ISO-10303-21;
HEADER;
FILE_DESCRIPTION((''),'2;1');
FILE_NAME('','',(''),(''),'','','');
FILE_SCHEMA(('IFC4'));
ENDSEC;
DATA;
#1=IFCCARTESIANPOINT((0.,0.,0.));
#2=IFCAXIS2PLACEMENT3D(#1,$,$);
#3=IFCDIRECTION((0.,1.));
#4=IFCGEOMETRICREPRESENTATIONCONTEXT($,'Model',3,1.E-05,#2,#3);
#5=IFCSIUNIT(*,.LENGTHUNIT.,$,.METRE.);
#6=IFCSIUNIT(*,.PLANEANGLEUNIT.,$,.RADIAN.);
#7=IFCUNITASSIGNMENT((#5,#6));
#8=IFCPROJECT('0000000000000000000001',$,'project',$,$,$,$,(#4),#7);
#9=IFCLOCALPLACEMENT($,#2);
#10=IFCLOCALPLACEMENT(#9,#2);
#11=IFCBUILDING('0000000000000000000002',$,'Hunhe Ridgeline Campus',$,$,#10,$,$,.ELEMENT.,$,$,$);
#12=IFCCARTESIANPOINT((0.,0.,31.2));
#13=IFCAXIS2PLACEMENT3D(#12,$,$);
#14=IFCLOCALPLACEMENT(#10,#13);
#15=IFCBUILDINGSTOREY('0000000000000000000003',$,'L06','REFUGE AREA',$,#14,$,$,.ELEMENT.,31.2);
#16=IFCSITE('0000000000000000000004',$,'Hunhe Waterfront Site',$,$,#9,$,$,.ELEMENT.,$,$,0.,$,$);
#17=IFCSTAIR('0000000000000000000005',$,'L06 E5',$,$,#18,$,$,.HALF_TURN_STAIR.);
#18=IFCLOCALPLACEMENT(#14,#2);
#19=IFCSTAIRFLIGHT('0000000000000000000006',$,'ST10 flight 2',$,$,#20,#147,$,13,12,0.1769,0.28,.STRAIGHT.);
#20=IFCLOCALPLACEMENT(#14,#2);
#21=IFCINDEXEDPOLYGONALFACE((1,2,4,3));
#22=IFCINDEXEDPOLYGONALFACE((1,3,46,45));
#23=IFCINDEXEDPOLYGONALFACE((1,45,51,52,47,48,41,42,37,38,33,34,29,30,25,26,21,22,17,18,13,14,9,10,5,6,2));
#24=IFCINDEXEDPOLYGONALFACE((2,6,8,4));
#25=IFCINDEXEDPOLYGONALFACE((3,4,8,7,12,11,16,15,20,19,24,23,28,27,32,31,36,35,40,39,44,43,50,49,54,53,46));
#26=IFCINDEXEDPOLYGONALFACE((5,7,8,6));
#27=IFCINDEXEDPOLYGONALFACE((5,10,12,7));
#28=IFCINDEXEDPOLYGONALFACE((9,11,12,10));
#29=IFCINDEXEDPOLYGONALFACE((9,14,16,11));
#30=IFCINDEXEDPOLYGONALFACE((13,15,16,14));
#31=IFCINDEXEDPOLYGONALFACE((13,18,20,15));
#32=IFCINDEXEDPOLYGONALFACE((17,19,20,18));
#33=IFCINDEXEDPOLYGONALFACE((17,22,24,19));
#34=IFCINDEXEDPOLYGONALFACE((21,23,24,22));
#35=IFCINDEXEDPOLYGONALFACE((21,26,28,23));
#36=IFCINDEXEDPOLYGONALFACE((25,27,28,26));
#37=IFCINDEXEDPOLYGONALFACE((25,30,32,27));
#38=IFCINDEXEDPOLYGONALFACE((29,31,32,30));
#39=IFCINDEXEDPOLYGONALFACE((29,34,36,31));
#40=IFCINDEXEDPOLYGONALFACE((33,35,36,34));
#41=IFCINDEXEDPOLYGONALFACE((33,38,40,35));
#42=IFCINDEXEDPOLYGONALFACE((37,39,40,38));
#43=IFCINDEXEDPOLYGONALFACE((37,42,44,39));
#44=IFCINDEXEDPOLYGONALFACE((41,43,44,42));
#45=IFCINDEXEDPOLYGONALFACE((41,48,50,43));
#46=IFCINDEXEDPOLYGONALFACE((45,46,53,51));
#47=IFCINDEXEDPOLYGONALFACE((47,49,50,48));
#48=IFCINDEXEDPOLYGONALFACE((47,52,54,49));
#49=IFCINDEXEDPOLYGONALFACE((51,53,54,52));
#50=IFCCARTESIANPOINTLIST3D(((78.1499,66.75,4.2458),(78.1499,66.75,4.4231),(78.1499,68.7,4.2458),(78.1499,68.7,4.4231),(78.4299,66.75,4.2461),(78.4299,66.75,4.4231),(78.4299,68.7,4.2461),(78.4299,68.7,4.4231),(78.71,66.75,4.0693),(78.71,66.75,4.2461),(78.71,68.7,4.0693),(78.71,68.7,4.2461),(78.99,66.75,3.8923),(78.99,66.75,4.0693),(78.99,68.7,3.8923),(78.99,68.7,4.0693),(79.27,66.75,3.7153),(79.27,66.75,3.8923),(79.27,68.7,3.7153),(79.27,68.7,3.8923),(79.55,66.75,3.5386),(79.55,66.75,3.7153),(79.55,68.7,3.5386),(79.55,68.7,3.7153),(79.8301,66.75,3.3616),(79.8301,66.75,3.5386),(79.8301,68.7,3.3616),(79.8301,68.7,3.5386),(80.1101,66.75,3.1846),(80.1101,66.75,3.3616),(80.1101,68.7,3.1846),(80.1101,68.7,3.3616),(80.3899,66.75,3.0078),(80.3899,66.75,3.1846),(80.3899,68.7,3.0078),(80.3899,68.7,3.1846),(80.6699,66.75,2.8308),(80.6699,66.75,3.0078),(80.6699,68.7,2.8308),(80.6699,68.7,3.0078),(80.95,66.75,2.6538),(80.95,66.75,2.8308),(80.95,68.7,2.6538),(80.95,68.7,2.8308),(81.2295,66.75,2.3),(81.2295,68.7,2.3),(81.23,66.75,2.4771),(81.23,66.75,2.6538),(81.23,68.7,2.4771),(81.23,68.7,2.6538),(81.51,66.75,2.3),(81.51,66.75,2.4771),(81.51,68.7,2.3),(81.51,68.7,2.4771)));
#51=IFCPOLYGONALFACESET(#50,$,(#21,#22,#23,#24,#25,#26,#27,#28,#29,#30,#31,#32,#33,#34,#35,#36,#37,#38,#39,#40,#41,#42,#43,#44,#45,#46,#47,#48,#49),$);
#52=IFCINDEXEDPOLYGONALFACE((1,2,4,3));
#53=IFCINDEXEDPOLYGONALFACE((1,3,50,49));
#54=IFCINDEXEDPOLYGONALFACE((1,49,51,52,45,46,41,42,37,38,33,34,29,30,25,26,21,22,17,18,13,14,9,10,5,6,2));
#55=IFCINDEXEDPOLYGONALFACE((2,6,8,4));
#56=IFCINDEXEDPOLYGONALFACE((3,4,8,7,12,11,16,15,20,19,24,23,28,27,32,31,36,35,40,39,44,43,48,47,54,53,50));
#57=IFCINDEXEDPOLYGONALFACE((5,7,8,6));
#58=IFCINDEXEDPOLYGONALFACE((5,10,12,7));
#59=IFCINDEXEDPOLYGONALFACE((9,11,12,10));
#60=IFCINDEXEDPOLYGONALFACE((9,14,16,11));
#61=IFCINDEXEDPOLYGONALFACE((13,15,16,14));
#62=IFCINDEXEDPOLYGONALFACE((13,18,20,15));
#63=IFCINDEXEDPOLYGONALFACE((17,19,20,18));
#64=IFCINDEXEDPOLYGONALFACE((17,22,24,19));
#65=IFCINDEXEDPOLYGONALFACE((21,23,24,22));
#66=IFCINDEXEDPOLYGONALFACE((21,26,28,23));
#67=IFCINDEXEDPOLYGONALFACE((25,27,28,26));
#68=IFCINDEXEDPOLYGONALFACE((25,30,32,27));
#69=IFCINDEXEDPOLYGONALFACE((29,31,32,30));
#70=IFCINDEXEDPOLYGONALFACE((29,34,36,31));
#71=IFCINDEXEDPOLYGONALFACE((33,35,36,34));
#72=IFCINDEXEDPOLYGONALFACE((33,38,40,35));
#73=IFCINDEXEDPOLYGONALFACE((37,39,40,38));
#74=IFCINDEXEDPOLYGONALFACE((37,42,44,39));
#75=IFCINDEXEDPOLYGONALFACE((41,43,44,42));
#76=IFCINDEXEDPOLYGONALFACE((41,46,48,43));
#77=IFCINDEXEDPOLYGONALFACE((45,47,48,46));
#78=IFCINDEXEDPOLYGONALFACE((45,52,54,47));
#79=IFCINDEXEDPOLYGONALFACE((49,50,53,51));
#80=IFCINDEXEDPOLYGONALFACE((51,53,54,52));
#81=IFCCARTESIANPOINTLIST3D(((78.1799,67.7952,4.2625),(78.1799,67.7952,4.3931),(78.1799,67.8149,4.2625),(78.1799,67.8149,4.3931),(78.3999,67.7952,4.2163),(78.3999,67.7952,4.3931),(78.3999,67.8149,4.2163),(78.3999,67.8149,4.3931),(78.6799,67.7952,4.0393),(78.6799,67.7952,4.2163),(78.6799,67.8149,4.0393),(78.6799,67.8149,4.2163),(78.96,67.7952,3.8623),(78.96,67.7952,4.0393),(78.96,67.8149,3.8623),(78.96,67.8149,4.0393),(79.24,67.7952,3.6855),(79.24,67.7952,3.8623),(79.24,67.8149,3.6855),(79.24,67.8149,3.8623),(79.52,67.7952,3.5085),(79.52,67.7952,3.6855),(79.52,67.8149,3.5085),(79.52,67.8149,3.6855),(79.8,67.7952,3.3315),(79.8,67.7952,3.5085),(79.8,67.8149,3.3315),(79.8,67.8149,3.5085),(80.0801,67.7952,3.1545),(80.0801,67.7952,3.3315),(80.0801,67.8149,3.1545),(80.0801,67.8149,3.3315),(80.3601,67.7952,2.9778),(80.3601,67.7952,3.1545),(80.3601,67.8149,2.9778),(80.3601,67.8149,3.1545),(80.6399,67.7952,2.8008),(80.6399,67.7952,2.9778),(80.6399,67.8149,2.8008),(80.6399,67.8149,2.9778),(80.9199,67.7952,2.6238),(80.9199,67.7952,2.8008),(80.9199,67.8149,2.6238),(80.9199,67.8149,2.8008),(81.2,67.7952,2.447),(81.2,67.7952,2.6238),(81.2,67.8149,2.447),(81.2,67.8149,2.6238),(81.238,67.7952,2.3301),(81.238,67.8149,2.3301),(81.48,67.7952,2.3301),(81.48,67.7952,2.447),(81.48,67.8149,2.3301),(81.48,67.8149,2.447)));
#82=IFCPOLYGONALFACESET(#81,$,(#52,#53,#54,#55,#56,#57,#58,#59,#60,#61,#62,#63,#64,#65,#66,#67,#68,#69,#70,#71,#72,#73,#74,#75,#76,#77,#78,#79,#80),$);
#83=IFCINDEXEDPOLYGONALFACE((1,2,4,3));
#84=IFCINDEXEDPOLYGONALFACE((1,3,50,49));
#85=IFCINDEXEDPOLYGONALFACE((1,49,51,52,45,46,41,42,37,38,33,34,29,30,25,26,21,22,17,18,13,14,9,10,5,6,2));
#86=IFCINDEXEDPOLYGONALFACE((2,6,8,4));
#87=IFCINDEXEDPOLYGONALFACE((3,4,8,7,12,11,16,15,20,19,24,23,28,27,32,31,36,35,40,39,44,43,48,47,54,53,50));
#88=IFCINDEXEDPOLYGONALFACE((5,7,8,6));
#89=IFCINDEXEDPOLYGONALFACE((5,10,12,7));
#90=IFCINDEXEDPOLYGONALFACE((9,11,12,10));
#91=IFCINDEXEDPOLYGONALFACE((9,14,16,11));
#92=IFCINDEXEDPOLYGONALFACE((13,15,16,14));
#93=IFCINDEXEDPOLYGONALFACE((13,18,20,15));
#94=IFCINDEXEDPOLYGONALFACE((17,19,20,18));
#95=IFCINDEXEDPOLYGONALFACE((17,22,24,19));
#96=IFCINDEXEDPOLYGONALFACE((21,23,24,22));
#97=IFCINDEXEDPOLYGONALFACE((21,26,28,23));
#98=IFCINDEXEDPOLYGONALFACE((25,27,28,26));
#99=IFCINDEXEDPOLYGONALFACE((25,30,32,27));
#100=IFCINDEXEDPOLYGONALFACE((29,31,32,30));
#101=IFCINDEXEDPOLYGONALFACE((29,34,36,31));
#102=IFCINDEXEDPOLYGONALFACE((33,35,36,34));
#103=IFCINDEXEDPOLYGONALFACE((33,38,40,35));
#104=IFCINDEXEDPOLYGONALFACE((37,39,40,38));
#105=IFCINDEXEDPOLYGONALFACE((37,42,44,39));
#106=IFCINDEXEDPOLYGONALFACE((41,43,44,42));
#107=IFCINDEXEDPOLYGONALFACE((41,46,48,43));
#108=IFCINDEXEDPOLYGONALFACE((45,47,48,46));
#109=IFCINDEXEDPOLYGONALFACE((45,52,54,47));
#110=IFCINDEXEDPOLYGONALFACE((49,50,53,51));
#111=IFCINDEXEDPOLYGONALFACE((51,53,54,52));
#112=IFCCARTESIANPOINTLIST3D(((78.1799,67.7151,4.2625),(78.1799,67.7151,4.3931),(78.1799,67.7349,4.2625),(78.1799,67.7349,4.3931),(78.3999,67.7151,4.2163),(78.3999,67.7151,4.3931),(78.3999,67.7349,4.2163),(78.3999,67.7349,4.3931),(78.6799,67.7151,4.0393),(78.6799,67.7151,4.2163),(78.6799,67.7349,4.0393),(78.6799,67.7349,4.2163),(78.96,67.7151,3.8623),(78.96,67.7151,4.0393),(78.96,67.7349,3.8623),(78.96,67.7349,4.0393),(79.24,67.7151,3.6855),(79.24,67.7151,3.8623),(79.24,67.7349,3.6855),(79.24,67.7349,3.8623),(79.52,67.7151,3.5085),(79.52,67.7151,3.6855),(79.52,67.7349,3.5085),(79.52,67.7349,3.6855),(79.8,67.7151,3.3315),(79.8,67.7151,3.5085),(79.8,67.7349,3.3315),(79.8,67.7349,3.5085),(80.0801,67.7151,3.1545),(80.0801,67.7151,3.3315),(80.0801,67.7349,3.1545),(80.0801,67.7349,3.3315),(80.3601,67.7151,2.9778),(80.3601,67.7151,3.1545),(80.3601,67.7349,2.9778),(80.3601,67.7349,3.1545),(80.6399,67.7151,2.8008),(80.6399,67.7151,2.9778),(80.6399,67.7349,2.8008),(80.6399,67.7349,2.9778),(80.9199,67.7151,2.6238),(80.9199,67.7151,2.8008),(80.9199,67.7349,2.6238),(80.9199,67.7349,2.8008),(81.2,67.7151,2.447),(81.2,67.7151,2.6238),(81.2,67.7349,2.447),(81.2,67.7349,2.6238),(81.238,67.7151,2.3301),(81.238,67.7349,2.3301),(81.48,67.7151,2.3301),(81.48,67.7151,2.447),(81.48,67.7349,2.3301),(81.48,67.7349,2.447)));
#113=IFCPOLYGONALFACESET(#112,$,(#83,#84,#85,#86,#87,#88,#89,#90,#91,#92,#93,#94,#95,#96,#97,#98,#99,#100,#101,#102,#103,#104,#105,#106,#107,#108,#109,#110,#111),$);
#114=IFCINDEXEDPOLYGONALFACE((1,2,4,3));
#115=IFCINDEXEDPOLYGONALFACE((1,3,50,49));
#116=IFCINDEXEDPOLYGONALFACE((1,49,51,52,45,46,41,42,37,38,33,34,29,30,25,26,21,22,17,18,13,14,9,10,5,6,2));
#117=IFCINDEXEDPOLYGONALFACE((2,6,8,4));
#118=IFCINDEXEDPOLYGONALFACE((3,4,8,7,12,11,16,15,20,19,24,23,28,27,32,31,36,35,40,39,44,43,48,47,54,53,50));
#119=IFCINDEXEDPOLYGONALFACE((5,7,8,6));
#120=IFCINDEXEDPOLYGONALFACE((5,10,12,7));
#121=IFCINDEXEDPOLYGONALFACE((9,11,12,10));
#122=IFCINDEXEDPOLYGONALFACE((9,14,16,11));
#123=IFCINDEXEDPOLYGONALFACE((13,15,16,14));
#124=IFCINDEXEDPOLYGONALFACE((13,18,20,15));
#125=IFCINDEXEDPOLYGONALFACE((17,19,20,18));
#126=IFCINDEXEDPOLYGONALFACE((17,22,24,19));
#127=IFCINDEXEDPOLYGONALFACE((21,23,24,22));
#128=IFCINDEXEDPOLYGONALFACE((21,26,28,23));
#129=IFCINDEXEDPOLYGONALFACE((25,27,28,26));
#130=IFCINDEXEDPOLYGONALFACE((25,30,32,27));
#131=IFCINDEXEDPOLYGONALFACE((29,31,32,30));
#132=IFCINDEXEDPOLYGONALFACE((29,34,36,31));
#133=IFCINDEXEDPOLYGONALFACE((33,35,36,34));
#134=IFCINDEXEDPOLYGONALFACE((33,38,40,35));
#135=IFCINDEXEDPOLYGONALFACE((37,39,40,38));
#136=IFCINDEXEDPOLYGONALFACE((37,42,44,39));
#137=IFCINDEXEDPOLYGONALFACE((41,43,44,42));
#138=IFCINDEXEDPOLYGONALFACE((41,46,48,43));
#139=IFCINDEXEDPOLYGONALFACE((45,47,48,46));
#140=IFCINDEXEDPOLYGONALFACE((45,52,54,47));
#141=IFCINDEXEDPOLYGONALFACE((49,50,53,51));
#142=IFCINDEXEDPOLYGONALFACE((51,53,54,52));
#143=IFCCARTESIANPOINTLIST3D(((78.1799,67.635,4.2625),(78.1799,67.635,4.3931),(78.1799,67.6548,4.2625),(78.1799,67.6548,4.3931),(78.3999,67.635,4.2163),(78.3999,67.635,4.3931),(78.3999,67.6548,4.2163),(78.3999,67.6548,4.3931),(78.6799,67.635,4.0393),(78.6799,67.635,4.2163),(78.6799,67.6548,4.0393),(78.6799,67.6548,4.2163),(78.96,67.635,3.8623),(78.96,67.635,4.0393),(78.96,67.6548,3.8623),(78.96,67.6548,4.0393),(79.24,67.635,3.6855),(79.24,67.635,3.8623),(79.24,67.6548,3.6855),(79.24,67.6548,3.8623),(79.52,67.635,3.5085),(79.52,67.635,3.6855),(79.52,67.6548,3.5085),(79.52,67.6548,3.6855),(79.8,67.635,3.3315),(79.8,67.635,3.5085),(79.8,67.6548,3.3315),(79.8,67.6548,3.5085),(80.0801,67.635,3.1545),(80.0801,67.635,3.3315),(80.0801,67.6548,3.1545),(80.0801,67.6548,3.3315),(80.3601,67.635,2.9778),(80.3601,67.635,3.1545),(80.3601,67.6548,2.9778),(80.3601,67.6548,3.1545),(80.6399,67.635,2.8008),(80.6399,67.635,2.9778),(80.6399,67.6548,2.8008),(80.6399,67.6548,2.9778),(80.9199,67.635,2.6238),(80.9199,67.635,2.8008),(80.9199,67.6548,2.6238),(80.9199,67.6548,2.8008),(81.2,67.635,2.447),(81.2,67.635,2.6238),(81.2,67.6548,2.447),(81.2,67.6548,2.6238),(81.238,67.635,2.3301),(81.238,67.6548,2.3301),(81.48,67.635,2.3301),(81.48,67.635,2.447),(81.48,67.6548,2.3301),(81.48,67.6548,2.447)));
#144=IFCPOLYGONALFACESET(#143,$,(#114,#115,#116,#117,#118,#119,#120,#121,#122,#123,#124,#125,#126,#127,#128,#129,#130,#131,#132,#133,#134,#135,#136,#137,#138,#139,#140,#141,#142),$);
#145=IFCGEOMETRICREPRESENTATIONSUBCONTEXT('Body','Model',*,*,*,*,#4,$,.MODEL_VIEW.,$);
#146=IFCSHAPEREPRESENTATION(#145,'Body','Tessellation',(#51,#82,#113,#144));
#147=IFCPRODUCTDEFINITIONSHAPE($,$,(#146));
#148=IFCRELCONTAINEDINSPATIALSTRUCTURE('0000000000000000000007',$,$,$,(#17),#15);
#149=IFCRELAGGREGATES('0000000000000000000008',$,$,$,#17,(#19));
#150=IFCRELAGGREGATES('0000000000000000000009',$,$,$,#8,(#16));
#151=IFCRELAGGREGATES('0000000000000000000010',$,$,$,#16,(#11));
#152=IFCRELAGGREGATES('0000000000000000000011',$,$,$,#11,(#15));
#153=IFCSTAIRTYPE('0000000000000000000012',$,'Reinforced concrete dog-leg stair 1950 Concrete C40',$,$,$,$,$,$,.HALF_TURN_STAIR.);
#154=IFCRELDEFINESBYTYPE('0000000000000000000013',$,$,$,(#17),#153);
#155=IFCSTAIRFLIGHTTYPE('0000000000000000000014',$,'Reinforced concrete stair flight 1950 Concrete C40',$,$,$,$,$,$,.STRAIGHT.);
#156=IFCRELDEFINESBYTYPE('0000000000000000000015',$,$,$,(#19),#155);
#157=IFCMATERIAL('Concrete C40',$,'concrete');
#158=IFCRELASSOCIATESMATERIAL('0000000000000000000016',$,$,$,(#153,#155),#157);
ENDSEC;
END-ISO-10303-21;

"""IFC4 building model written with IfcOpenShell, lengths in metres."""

from ifc_helpers import new_model, si_unit, direction, frame, origin, place, context, subcontext, project, spatial, polyline, outline, extrude, material, type_object, element, aggregate, save


model = new_model("IFC4")

# Units and contexts
model_context = context("Model", 3, precision=1e-05, world=origin(), true_north=direction((0.0, 1.0)))
body_context = subcontext(model_context, "Body", "Model", "MODEL_VIEW")
ifc_project = project(units=[si_unit("LENGTHUNIT", "METRE"), si_unit("PLANEANGLEUNIT", "RADIAN")], contexts=[model_context])

# Site, building, storey
site_placement = place(None, origin())
site = spatial("IfcSite", under=ifc_project, at=site_placement, Name="Hunhe Waterfront Site", CompositionType="ELEMENT", RefElevation=0.0)
building_placement = place(site_placement, origin())
building = spatial("IfcBuilding", under=site, at=building_placement, Name="Hunhe Ridgeline Campus", CompositionType="ELEMENT")
storey_placement = place(building_placement, frame((0.0, 0.0, 31.2)))
storey = spatial("IfcBuildingStorey", under=building, at=storey_placement, Name="L06", Description="REFUGE AREA", CompositionType="ELEMENT", Elevation=31.2)

# Stair, stair flight
ifc_material_1 = material(Name="Concrete C40", Category="concrete")
stair_type = type_object("IfcStairType", Name="Reinforced concrete dog-leg stair 1950 Concrete C40", PredefinedType="HALF_TURN_STAIR", material=ifc_material_1)
stair_placement = place(storey_placement, origin())
stair = element("IfcStair", 1, at=stair_placement, inside=storey, type_object=stair_type, Name="L06 E5", PredefinedType="HALF_TURN_STAIR")
stair_flight_type = type_object("IfcStairFlightType", Name="Reinforced concrete stair flight 1950 Concrete C40", PredefinedType="STRAIGHT", material=ifc_material_1)
stair_flight_placement = place(storey_placement, frame((81.51, 67.7251, 2.3), z_axis=(0.0, 0.0, 1.0), x_axis=(-1.0, 0.0, 0.0)))
stair_flight = element("IfcStairFlight", 2, at=stair_flight_placement, type_object=stair_flight_type, Name="ST10 flight 2", NumberOfRisers=13, NumberOfTreads=12, PredefinedType="STRAIGHT", RiserHeight=0.1769, TreadLength=0.28, context=body_context, shape_type="SweptSolid", body=[
    extrude(outline(polyline([(0.0, 0.0), (0.0, 0.177), (0.28, 0.177), (0.28, 0.3538), (0.5601, 0.3538), (0.5601, 0.5308), (0.8401, 0.5308), (0.8401, 0.7078), (1.1201, 0.7078), (1.1201, 0.8845), (1.3999, 0.8845), (1.3999, 1.0615), (1.6799, 1.0615), (1.6799, 1.2385), (1.96, 1.2385), (1.96, 1.4153), (2.24, 1.4153), (2.24, 1.5923), (2.52, 1.5923), (2.52, 1.7693), (2.8, 1.7693), (2.8, 1.946), (3.0801, 1.946), (3.0801, 2.123), (3.3601, 2.123), (3.3601, 2.3), (3.3601, 1.9458), (0.2805, 0.0), (0.0, 0.0)])), frame((0.0, 0.9751, 0.0), z_axis=(0.0, -1.0, 0.0), x_axis=(1.0, 0.0, 0.0)), (0.0, 0.0, 1.0), 1.95),
    extrude(outline(polyline([(0.03, 0.03), (0.03, 0.147), (0.3101, 0.147), (0.3101, 0.3237), (0.5901, 0.3237), (0.5901, 0.5007), (0.8701, 0.5007), (0.8701, 0.6777), (1.1499, 0.6777), (1.1499, 0.8545), (1.4299, 0.8545), (1.4299, 1.0315), (1.71, 1.0315), (1.71, 1.2085), (1.99, 1.2085), (1.99, 1.3855), (2.27, 1.3855), (2.27, 1.5623), (2.55, 1.5623), (2.55, 1.7393), (2.8301, 1.7393), (2.8301, 1.9163), (3.1101, 1.9163), (3.1101, 2.093), (3.3301, 2.093), (3.3301, 1.9624), (0.272, 0.03), (0.03, 0.03)])), frame((0.0, -0.0701, 0.0), z_axis=(0.0, -1.0, 0.0), x_axis=(1.0, 0.0, 0.0)), (0.0, 0.0, 1.0), 0.0198),
    extrude(outline(polyline([(0.03, 0.03), (0.03, 0.147), (0.3101, 0.147), (0.3101, 0.3237), (0.5901, 0.3237), (0.5901, 0.5007), (0.8701, 0.5007), (0.8701, 0.6777), (1.1499, 0.6777), (1.1499, 0.8545), (1.4299, 0.8545), (1.4299, 1.0315), (1.71, 1.0315), (1.71, 1.2085), (1.99, 1.2085), (1.99, 1.3855), (2.27, 1.3855), (2.27, 1.5623), (2.55, 1.5623), (2.55, 1.7393), (2.8301, 1.7393), (2.8301, 1.9163), (3.1101, 1.9163), (3.1101, 2.093), (3.3301, 2.093), (3.3301, 1.9624), (0.272, 0.03), (0.03, 0.03)])), frame((0.0, 0.01, 0.0), z_axis=(0.0, -1.0, 0.0), x_axis=(1.0, 0.0, 0.0)), (0.0, 0.0, 1.0), 0.0198),
    extrude(outline(polyline([(0.03, 0.03), (0.03, 0.147), (0.3101, 0.147), (0.3101, 0.3237), (0.5901, 0.3237), (0.5901, 0.5007), (0.8701, 0.5007), (0.8701, 0.6777), (1.1499, 0.6777), (1.1499, 0.8545), (1.4299, 0.8545), (1.4299, 1.0315), (1.71, 1.0315), (1.71, 1.2085), (1.99, 1.2085), (1.99, 1.3855), (2.27, 1.3855), (2.27, 1.5623), (2.55, 1.5623), (2.55, 1.7393), (2.8301, 1.7393), (2.8301, 1.9163), (3.1101, 1.9163), (3.1101, 2.093), (3.3301, 2.093), (3.3301, 1.9624), (0.272, 0.03), (0.03, 0.03)])), frame((0.0, 0.0901, 0.0), z_axis=(0.0, -1.0, 0.0), x_axis=(1.0, 0.0, 0.0)), (0.0, 0.0, 1.0), 0.0198),
])
aggregate(stair, [stair_flight])

save(model, "model.ifc")
